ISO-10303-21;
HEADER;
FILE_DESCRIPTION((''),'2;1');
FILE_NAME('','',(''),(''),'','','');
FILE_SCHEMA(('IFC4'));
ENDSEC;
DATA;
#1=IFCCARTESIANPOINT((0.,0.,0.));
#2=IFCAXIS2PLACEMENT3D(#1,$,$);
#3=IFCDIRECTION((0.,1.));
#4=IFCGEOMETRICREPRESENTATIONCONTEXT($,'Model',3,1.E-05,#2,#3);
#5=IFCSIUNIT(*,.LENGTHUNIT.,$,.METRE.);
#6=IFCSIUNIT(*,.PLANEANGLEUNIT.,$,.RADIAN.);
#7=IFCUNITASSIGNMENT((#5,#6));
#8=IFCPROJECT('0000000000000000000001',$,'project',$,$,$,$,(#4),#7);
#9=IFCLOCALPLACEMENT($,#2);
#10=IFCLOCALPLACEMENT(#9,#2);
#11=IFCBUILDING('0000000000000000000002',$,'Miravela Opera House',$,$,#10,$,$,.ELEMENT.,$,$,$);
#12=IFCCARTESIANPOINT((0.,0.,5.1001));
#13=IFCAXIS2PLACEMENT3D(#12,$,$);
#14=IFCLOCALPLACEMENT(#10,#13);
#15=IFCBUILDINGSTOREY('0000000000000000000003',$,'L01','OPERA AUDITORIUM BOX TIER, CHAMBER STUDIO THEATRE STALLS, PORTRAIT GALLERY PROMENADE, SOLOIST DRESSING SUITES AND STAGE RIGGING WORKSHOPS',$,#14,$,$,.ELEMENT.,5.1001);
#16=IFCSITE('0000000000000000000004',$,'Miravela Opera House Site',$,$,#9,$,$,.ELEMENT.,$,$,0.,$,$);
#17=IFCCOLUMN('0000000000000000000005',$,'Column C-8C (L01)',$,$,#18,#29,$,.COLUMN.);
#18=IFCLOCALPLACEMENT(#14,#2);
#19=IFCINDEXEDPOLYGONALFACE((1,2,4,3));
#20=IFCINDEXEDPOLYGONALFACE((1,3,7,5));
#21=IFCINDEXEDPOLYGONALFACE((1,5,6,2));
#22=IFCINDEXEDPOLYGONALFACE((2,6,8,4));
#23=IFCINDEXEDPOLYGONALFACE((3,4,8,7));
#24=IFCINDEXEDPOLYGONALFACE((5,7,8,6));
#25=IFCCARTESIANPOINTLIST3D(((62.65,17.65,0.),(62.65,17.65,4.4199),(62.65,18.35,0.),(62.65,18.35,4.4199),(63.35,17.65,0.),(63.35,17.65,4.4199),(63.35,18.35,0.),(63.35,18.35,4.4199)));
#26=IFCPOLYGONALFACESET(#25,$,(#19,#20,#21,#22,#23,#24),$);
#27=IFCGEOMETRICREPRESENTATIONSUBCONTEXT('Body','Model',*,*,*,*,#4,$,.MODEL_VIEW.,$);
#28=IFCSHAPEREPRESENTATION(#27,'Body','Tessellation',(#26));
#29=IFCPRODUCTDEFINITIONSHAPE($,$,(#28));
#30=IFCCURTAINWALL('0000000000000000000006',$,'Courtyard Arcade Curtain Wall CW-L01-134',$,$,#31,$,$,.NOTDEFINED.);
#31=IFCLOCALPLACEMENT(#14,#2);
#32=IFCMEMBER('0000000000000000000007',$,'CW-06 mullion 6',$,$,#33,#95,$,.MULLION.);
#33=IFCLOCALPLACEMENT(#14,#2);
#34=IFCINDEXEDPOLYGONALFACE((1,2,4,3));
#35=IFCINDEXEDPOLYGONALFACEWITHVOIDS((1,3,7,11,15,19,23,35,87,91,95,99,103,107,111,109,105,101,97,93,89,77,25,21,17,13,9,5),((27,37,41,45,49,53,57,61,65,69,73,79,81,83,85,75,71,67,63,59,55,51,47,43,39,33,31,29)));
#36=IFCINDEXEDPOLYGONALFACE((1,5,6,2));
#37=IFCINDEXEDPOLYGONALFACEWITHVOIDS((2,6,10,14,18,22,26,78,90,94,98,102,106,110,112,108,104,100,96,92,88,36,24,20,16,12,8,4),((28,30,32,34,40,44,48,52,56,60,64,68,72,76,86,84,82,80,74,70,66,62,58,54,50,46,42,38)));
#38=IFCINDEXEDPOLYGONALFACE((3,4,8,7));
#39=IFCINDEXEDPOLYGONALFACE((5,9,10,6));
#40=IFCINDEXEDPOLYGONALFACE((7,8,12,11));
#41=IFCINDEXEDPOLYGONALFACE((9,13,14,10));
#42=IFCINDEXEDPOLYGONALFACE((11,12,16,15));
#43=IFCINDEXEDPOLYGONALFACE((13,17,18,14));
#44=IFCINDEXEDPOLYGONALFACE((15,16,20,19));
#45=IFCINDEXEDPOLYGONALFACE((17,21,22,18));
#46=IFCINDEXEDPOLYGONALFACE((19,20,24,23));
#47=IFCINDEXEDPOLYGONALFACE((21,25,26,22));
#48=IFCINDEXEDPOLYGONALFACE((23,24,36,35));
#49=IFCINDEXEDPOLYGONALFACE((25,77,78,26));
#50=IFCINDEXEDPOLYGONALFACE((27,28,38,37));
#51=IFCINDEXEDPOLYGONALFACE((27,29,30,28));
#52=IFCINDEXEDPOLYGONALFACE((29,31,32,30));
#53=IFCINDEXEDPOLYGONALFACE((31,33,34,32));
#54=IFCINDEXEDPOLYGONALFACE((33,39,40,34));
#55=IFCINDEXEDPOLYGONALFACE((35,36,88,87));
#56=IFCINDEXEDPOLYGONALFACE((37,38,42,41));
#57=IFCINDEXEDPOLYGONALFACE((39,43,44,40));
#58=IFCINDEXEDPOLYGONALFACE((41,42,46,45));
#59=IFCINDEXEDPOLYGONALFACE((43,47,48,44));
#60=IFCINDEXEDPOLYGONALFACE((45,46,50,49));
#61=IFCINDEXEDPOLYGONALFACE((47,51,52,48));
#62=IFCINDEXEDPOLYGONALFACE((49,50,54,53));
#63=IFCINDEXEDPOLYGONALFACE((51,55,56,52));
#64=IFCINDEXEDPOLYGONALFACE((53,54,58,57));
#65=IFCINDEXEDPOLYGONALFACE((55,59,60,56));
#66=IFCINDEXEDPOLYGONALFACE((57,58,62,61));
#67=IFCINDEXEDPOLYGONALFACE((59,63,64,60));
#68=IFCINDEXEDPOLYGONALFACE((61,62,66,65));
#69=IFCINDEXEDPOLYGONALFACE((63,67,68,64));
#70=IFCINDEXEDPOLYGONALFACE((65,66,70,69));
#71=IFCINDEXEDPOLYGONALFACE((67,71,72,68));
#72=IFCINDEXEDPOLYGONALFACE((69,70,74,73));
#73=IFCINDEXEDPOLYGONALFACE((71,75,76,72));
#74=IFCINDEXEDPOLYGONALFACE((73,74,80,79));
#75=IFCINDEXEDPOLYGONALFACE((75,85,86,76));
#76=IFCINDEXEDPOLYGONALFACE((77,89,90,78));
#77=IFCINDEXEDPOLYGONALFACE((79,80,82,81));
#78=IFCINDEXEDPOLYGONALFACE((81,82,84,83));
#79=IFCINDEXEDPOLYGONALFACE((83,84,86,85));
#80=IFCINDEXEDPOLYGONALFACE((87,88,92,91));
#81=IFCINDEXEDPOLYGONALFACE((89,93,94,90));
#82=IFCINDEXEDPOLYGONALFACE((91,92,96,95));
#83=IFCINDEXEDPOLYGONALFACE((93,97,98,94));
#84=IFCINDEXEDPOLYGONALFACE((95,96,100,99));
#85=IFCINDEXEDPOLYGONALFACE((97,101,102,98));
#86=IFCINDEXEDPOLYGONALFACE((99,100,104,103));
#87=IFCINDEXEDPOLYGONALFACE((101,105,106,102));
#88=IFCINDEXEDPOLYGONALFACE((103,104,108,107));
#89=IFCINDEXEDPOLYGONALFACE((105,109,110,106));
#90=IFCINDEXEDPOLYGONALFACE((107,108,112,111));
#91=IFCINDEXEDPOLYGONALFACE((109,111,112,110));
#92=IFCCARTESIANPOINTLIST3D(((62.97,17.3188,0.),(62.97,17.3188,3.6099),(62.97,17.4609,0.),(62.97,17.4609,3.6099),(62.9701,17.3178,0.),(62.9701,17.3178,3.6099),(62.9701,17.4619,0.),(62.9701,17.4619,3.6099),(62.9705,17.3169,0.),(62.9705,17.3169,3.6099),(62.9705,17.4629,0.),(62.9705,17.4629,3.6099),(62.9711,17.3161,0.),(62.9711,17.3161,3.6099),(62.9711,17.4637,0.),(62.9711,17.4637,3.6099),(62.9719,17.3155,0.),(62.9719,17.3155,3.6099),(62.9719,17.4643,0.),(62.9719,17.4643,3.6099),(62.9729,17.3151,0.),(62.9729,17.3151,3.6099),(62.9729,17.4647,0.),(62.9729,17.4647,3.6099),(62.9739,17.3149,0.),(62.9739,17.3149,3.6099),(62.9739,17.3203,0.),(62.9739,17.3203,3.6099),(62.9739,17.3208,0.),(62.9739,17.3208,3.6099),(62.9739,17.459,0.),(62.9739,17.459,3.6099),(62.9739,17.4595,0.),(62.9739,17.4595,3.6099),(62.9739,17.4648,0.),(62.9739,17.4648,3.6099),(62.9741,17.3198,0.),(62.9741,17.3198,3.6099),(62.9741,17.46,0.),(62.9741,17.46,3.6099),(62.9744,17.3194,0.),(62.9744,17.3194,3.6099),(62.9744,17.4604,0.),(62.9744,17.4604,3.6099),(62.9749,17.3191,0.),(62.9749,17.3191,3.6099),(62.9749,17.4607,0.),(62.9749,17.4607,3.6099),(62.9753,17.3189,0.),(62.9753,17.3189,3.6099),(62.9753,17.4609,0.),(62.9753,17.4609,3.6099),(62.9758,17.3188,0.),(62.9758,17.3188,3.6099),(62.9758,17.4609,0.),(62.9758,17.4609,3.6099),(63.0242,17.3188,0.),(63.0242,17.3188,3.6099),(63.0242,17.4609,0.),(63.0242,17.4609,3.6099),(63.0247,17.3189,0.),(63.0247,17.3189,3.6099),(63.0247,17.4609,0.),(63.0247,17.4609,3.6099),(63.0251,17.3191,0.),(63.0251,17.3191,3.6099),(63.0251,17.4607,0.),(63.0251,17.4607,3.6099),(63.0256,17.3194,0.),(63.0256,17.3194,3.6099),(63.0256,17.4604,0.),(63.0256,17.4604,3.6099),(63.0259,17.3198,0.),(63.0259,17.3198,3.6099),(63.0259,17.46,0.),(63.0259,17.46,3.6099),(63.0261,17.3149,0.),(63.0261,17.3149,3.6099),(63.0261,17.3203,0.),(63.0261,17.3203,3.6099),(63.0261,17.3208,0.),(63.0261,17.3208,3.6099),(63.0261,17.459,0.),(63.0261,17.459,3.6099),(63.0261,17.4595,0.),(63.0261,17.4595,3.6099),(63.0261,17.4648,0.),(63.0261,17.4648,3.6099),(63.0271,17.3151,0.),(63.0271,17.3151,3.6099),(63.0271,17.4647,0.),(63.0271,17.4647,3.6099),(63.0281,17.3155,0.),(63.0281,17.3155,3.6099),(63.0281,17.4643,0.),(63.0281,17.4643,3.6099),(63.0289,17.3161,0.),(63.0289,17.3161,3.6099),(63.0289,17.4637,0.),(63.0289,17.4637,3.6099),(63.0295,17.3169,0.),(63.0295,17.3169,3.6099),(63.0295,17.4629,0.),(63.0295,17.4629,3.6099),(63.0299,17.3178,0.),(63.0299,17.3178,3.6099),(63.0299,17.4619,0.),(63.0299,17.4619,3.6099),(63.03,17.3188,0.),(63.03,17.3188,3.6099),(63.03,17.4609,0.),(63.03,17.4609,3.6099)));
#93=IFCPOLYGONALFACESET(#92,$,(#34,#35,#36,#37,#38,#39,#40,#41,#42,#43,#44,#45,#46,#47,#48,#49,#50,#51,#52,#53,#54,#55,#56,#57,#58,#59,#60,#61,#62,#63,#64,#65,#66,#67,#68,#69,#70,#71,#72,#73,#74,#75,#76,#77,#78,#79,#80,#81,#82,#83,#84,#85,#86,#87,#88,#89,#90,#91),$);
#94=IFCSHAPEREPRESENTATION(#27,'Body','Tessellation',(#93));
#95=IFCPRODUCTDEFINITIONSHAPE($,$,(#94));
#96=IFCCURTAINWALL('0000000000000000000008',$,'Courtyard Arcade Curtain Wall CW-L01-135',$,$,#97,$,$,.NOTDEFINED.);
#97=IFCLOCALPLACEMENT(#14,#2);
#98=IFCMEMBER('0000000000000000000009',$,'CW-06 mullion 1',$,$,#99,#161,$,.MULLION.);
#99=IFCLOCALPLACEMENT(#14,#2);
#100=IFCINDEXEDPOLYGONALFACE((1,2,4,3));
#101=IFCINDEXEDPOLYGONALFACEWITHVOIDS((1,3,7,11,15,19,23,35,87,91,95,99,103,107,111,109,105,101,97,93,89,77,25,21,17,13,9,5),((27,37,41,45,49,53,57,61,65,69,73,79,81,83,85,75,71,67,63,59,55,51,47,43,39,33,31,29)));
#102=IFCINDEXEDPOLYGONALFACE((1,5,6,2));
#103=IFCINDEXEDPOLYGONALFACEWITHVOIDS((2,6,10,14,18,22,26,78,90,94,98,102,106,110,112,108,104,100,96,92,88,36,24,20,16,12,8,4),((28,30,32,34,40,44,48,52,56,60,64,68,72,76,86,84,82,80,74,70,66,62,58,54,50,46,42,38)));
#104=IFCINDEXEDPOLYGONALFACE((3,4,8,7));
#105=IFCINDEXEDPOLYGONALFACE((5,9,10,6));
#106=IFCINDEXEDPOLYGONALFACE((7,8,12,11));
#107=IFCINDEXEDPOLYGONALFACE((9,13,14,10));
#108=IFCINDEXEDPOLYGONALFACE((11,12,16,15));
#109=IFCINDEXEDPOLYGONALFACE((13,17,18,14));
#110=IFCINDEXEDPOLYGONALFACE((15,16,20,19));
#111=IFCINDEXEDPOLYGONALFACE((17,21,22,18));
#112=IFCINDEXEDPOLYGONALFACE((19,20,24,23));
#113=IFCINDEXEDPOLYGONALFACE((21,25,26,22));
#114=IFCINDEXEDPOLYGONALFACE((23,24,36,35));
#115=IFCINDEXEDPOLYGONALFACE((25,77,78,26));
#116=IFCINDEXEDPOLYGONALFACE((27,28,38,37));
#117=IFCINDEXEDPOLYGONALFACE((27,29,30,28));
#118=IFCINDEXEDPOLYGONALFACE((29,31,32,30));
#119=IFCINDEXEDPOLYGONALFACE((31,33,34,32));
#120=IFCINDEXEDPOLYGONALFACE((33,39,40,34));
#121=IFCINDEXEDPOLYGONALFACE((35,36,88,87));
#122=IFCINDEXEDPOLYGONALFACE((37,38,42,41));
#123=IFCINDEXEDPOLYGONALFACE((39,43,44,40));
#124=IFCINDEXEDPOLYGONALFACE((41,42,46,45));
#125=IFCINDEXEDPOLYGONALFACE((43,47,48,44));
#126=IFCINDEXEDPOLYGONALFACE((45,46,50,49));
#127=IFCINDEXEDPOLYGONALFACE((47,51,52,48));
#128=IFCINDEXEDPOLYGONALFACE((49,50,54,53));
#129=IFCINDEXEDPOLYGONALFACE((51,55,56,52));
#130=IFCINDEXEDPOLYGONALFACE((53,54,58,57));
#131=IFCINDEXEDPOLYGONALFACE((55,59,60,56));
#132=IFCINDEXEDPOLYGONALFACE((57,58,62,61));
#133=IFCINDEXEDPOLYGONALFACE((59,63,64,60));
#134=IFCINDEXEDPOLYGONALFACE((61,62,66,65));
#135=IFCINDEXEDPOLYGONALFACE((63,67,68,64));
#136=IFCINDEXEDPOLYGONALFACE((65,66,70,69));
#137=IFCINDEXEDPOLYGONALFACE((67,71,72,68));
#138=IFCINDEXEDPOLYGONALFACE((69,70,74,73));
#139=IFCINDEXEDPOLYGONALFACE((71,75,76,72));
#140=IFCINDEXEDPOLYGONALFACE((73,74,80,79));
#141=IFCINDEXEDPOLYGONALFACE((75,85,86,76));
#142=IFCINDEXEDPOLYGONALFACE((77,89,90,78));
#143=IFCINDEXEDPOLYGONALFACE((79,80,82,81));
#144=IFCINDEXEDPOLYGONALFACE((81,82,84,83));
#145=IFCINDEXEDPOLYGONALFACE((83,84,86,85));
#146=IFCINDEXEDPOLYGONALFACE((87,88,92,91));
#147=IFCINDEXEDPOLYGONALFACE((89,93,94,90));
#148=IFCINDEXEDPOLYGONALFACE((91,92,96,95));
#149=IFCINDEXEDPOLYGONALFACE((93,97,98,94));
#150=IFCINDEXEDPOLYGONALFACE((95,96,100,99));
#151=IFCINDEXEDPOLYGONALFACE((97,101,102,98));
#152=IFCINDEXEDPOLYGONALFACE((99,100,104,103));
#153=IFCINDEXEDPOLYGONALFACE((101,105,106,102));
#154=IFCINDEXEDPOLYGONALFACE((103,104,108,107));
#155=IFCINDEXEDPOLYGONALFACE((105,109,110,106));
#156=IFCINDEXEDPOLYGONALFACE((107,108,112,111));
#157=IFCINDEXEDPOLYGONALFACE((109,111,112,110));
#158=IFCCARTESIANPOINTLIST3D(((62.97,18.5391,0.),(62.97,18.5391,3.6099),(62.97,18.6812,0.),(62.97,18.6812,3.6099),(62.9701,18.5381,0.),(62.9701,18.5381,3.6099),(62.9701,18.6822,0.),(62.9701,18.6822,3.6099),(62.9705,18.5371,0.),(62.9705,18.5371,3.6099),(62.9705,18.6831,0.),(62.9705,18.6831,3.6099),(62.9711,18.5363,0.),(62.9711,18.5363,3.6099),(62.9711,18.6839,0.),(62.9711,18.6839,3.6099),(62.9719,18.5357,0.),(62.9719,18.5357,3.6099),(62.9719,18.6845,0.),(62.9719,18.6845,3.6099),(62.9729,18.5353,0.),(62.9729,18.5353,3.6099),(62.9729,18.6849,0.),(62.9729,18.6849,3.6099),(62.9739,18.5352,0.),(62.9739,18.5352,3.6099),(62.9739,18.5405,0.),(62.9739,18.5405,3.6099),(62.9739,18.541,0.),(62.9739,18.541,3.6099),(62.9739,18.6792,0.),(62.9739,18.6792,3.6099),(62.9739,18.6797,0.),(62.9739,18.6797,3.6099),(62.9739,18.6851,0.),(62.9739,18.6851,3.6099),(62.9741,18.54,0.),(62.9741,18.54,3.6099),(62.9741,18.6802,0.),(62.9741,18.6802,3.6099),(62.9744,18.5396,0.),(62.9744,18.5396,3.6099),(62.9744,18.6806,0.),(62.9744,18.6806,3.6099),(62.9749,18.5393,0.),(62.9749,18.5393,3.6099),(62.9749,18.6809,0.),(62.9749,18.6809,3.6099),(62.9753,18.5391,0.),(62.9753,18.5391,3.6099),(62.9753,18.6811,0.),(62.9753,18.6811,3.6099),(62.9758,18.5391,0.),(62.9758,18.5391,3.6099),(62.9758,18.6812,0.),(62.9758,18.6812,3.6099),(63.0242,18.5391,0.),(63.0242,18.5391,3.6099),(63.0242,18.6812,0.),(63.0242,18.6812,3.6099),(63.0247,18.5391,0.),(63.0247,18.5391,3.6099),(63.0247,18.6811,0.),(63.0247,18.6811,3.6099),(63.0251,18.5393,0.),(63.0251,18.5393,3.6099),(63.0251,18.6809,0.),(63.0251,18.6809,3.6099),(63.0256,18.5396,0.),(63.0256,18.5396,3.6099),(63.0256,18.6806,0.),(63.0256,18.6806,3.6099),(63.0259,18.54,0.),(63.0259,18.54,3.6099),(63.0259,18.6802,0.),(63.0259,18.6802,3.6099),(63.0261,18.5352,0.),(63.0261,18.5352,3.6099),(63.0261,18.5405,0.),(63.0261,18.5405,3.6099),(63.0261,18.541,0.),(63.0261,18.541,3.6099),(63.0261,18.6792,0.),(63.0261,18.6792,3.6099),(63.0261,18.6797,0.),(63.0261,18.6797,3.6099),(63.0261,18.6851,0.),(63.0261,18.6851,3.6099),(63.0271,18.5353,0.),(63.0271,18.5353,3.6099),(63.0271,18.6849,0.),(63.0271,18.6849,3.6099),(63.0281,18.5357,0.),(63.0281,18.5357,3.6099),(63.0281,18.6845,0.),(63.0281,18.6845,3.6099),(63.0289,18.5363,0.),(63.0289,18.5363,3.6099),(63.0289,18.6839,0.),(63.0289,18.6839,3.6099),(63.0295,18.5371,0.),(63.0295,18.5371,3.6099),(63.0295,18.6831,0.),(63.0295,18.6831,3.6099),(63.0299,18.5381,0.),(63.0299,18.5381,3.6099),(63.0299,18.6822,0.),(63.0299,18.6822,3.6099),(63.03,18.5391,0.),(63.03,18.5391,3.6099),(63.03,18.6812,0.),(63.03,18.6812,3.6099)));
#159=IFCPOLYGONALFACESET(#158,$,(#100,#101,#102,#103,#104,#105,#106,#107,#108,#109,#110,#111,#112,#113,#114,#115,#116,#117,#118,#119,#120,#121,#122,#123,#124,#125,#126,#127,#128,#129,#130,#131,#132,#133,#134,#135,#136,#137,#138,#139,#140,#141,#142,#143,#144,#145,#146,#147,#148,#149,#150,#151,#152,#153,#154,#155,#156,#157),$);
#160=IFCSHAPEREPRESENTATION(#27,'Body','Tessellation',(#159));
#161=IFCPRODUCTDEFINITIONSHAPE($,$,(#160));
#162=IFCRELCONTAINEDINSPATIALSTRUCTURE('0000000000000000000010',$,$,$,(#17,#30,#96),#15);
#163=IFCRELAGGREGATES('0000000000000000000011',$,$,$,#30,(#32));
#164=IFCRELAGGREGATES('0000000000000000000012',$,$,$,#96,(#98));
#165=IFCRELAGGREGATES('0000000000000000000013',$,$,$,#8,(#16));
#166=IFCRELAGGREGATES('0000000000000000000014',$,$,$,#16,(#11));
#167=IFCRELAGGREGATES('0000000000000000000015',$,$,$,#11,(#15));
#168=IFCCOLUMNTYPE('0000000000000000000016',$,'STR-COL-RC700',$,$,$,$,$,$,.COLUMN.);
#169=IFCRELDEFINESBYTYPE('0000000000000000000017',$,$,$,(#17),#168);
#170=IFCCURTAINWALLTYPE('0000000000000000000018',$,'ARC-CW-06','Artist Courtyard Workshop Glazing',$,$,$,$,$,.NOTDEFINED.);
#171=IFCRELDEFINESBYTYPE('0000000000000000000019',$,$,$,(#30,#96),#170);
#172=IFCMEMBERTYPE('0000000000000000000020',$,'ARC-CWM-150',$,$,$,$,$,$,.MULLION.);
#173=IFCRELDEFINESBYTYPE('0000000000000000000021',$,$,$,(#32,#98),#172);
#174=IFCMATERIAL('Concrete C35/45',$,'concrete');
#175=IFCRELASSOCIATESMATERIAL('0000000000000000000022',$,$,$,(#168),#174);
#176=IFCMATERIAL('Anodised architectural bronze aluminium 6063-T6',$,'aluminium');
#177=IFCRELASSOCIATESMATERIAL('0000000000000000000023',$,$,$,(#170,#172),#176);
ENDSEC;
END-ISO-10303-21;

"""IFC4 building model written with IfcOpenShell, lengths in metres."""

from ifc_helpers import new_model, si_unit, direction, frame, origin, origin_2d, place, context, subcontext, project, spatial, rectangle, hollow_rectangle, extrude, material, material_profile, profile_set, type_object, element, aggregate, save


model = new_model("IFC4")

# Units and contexts
model_context = context("Model", 3, precision=1e-05, world=origin(), true_north=direction((0.0, 1.0)))
body_context = subcontext(model_context, "Body", "Model", "MODEL_VIEW")
ifc_project = project(units=[si_unit("LENGTHUNIT", "METRE"), si_unit("PLANEANGLEUNIT", "RADIAN")], contexts=[model_context])

# Site, building, storey
site_placement = place(None, origin())
site = spatial("IfcSite", under=ifc_project, at=site_placement, Name="Miravela Opera House Site", CompositionType="ELEMENT", RefElevation=0.0)
building_placement = place(site_placement, origin())
building = spatial("IfcBuilding", under=site, at=building_placement, Name="Miravela Opera House", CompositionType="ELEMENT")
storey_placement = place(building_placement, frame((0.0, 0.0, 5.1001)))
storey = spatial("IfcBuildingStorey", under=building, at=storey_placement, Name="L01", Description="OPERA AUDITORIUM BOX TIER, CHAMBER STUDIO THEATRE STALLS, PORTRAIT GALLERY PROMENADE, SOLOIST DRESSING SUITES AND STAGE RIGGING WORKSHOPS", CompositionType="ELEMENT", Elevation=5.1001)

# Column
ifc_material_1 = material(Name="Concrete C35/45", Category="concrete")
ifc_material_profile_1 = material_profile(ifc_material_1, rectangle(XDim=0.7, YDim=0.7, at=origin_2d()), Name="RC-COL-700X700")
ifc_profile_set_1 = profile_set([ifc_material_profile_1])
column_type = type_object("IfcColumnType", Name="STR-COL-RC700", PredefinedType="COLUMN", material=ifc_profile_set_1)
column_placement = place(storey_placement, frame((63.0, 18.0, 0.0), z_axis=(0.0, 0.0, 1.0), x_axis=(1.0, 0.0, 0.0)))
element("IfcColumn", 1, at=column_placement, inside=storey, type_object=column_type, Name="Column C-8C (L01)", PredefinedType="COLUMN", context=body_context, shape_type="SweptSolid", body=[
    extrude(rectangle(XDim=0.7, YDim=0.7, at=origin_2d()), origin(), (0.0, 0.0, 1.0), 4.4199),
])

# Curtain wall, member
ifc_material_2 = material(Name="Anodised architectural bronze aluminium 6063-T6", Category="aluminium")
curtain_wall_type = type_object("IfcCurtainWallType", Name="ARC-CW-06", Description="Artist Courtyard Workshop Glazing", PredefinedType="NOTDEFINED", material=ifc_material_2)
curtain_wall_1_placement = place(storey_placement, origin())
curtain_wall_1 = element("IfcCurtainWall", 2, at=curtain_wall_1_placement, inside=storey, type_object=curtain_wall_type, Name="Courtyard Arcade Curtain Wall CW-L01-134", PredefinedType="NOTDEFINED")
ifc_material_profile_2 = material_profile(ifc_material_2, hollow_rectangle(XDim=0.0601, YDim=0.1499, WallThickness=0.0039, InnerFilletRadius=0.002, OuterFilletRadius=0.0039, at=origin_2d()), Name="CWM-60X150")
ifc_profile_set_2 = profile_set([ifc_material_profile_2])
member_type_1 = type_object("IfcMemberType", Name="ARC-CWM-150", PredefinedType="MULLION", material=ifc_profile_set_2)
member_1_placement = place(storey_placement, frame((63.0, 17.3899, 0.0), z_axis=(0.0, 0.0, 1.0), x_axis=(-1.0, 0.0, 0.0)))
member_1 = element("IfcMember", 3, at=member_1_placement, type_object=member_type_1, Name="CW-06 mullion 6", PredefinedType="MULLION", context=body_context, shape_type="SweptSolid", body=[
    extrude(hollow_rectangle(XDim=0.0601, YDim=0.1499, WallThickness=0.0039, InnerFilletRadius=0.002, OuterFilletRadius=0.0039, at=origin_2d()), origin(), (0.0, 0.0, 1.0), 3.6099),
])
aggregate(curtain_wall_1, [member_1])

# Curtain wall, member
curtain_wall_2_placement = place(storey_placement, origin())
curtain_wall_2 = element("IfcCurtainWall", 4, at=curtain_wall_2_placement, inside=storey, type_object=curtain_wall_type, Name="Courtyard Arcade Curtain Wall CW-L01-135", PredefinedType="NOTDEFINED")
member_2_placement = place(storey_placement, frame((63.0, 18.6101, 0.0), z_axis=(0.0, 0.0, 1.0), x_axis=(-1.0, 0.0, 0.0)))
member_2 = element("IfcMember", 5, at=member_2_placement, type_object=member_type_1, Name="CW-06 mullion 1", PredefinedType="MULLION", context=body_context, shape_type="SweptSolid", body=[
    extrude(hollow_rectangle(XDim=0.0601, YDim=0.1499, WallThickness=0.0039, InnerFilletRadius=0.002, OuterFilletRadius=0.0039, at=origin_2d()), origin(), (0.0, 0.0, 1.0), 3.6099),
])

aggregate(curtain_wall_2, [member_2])

save(model, "model.ifc")
